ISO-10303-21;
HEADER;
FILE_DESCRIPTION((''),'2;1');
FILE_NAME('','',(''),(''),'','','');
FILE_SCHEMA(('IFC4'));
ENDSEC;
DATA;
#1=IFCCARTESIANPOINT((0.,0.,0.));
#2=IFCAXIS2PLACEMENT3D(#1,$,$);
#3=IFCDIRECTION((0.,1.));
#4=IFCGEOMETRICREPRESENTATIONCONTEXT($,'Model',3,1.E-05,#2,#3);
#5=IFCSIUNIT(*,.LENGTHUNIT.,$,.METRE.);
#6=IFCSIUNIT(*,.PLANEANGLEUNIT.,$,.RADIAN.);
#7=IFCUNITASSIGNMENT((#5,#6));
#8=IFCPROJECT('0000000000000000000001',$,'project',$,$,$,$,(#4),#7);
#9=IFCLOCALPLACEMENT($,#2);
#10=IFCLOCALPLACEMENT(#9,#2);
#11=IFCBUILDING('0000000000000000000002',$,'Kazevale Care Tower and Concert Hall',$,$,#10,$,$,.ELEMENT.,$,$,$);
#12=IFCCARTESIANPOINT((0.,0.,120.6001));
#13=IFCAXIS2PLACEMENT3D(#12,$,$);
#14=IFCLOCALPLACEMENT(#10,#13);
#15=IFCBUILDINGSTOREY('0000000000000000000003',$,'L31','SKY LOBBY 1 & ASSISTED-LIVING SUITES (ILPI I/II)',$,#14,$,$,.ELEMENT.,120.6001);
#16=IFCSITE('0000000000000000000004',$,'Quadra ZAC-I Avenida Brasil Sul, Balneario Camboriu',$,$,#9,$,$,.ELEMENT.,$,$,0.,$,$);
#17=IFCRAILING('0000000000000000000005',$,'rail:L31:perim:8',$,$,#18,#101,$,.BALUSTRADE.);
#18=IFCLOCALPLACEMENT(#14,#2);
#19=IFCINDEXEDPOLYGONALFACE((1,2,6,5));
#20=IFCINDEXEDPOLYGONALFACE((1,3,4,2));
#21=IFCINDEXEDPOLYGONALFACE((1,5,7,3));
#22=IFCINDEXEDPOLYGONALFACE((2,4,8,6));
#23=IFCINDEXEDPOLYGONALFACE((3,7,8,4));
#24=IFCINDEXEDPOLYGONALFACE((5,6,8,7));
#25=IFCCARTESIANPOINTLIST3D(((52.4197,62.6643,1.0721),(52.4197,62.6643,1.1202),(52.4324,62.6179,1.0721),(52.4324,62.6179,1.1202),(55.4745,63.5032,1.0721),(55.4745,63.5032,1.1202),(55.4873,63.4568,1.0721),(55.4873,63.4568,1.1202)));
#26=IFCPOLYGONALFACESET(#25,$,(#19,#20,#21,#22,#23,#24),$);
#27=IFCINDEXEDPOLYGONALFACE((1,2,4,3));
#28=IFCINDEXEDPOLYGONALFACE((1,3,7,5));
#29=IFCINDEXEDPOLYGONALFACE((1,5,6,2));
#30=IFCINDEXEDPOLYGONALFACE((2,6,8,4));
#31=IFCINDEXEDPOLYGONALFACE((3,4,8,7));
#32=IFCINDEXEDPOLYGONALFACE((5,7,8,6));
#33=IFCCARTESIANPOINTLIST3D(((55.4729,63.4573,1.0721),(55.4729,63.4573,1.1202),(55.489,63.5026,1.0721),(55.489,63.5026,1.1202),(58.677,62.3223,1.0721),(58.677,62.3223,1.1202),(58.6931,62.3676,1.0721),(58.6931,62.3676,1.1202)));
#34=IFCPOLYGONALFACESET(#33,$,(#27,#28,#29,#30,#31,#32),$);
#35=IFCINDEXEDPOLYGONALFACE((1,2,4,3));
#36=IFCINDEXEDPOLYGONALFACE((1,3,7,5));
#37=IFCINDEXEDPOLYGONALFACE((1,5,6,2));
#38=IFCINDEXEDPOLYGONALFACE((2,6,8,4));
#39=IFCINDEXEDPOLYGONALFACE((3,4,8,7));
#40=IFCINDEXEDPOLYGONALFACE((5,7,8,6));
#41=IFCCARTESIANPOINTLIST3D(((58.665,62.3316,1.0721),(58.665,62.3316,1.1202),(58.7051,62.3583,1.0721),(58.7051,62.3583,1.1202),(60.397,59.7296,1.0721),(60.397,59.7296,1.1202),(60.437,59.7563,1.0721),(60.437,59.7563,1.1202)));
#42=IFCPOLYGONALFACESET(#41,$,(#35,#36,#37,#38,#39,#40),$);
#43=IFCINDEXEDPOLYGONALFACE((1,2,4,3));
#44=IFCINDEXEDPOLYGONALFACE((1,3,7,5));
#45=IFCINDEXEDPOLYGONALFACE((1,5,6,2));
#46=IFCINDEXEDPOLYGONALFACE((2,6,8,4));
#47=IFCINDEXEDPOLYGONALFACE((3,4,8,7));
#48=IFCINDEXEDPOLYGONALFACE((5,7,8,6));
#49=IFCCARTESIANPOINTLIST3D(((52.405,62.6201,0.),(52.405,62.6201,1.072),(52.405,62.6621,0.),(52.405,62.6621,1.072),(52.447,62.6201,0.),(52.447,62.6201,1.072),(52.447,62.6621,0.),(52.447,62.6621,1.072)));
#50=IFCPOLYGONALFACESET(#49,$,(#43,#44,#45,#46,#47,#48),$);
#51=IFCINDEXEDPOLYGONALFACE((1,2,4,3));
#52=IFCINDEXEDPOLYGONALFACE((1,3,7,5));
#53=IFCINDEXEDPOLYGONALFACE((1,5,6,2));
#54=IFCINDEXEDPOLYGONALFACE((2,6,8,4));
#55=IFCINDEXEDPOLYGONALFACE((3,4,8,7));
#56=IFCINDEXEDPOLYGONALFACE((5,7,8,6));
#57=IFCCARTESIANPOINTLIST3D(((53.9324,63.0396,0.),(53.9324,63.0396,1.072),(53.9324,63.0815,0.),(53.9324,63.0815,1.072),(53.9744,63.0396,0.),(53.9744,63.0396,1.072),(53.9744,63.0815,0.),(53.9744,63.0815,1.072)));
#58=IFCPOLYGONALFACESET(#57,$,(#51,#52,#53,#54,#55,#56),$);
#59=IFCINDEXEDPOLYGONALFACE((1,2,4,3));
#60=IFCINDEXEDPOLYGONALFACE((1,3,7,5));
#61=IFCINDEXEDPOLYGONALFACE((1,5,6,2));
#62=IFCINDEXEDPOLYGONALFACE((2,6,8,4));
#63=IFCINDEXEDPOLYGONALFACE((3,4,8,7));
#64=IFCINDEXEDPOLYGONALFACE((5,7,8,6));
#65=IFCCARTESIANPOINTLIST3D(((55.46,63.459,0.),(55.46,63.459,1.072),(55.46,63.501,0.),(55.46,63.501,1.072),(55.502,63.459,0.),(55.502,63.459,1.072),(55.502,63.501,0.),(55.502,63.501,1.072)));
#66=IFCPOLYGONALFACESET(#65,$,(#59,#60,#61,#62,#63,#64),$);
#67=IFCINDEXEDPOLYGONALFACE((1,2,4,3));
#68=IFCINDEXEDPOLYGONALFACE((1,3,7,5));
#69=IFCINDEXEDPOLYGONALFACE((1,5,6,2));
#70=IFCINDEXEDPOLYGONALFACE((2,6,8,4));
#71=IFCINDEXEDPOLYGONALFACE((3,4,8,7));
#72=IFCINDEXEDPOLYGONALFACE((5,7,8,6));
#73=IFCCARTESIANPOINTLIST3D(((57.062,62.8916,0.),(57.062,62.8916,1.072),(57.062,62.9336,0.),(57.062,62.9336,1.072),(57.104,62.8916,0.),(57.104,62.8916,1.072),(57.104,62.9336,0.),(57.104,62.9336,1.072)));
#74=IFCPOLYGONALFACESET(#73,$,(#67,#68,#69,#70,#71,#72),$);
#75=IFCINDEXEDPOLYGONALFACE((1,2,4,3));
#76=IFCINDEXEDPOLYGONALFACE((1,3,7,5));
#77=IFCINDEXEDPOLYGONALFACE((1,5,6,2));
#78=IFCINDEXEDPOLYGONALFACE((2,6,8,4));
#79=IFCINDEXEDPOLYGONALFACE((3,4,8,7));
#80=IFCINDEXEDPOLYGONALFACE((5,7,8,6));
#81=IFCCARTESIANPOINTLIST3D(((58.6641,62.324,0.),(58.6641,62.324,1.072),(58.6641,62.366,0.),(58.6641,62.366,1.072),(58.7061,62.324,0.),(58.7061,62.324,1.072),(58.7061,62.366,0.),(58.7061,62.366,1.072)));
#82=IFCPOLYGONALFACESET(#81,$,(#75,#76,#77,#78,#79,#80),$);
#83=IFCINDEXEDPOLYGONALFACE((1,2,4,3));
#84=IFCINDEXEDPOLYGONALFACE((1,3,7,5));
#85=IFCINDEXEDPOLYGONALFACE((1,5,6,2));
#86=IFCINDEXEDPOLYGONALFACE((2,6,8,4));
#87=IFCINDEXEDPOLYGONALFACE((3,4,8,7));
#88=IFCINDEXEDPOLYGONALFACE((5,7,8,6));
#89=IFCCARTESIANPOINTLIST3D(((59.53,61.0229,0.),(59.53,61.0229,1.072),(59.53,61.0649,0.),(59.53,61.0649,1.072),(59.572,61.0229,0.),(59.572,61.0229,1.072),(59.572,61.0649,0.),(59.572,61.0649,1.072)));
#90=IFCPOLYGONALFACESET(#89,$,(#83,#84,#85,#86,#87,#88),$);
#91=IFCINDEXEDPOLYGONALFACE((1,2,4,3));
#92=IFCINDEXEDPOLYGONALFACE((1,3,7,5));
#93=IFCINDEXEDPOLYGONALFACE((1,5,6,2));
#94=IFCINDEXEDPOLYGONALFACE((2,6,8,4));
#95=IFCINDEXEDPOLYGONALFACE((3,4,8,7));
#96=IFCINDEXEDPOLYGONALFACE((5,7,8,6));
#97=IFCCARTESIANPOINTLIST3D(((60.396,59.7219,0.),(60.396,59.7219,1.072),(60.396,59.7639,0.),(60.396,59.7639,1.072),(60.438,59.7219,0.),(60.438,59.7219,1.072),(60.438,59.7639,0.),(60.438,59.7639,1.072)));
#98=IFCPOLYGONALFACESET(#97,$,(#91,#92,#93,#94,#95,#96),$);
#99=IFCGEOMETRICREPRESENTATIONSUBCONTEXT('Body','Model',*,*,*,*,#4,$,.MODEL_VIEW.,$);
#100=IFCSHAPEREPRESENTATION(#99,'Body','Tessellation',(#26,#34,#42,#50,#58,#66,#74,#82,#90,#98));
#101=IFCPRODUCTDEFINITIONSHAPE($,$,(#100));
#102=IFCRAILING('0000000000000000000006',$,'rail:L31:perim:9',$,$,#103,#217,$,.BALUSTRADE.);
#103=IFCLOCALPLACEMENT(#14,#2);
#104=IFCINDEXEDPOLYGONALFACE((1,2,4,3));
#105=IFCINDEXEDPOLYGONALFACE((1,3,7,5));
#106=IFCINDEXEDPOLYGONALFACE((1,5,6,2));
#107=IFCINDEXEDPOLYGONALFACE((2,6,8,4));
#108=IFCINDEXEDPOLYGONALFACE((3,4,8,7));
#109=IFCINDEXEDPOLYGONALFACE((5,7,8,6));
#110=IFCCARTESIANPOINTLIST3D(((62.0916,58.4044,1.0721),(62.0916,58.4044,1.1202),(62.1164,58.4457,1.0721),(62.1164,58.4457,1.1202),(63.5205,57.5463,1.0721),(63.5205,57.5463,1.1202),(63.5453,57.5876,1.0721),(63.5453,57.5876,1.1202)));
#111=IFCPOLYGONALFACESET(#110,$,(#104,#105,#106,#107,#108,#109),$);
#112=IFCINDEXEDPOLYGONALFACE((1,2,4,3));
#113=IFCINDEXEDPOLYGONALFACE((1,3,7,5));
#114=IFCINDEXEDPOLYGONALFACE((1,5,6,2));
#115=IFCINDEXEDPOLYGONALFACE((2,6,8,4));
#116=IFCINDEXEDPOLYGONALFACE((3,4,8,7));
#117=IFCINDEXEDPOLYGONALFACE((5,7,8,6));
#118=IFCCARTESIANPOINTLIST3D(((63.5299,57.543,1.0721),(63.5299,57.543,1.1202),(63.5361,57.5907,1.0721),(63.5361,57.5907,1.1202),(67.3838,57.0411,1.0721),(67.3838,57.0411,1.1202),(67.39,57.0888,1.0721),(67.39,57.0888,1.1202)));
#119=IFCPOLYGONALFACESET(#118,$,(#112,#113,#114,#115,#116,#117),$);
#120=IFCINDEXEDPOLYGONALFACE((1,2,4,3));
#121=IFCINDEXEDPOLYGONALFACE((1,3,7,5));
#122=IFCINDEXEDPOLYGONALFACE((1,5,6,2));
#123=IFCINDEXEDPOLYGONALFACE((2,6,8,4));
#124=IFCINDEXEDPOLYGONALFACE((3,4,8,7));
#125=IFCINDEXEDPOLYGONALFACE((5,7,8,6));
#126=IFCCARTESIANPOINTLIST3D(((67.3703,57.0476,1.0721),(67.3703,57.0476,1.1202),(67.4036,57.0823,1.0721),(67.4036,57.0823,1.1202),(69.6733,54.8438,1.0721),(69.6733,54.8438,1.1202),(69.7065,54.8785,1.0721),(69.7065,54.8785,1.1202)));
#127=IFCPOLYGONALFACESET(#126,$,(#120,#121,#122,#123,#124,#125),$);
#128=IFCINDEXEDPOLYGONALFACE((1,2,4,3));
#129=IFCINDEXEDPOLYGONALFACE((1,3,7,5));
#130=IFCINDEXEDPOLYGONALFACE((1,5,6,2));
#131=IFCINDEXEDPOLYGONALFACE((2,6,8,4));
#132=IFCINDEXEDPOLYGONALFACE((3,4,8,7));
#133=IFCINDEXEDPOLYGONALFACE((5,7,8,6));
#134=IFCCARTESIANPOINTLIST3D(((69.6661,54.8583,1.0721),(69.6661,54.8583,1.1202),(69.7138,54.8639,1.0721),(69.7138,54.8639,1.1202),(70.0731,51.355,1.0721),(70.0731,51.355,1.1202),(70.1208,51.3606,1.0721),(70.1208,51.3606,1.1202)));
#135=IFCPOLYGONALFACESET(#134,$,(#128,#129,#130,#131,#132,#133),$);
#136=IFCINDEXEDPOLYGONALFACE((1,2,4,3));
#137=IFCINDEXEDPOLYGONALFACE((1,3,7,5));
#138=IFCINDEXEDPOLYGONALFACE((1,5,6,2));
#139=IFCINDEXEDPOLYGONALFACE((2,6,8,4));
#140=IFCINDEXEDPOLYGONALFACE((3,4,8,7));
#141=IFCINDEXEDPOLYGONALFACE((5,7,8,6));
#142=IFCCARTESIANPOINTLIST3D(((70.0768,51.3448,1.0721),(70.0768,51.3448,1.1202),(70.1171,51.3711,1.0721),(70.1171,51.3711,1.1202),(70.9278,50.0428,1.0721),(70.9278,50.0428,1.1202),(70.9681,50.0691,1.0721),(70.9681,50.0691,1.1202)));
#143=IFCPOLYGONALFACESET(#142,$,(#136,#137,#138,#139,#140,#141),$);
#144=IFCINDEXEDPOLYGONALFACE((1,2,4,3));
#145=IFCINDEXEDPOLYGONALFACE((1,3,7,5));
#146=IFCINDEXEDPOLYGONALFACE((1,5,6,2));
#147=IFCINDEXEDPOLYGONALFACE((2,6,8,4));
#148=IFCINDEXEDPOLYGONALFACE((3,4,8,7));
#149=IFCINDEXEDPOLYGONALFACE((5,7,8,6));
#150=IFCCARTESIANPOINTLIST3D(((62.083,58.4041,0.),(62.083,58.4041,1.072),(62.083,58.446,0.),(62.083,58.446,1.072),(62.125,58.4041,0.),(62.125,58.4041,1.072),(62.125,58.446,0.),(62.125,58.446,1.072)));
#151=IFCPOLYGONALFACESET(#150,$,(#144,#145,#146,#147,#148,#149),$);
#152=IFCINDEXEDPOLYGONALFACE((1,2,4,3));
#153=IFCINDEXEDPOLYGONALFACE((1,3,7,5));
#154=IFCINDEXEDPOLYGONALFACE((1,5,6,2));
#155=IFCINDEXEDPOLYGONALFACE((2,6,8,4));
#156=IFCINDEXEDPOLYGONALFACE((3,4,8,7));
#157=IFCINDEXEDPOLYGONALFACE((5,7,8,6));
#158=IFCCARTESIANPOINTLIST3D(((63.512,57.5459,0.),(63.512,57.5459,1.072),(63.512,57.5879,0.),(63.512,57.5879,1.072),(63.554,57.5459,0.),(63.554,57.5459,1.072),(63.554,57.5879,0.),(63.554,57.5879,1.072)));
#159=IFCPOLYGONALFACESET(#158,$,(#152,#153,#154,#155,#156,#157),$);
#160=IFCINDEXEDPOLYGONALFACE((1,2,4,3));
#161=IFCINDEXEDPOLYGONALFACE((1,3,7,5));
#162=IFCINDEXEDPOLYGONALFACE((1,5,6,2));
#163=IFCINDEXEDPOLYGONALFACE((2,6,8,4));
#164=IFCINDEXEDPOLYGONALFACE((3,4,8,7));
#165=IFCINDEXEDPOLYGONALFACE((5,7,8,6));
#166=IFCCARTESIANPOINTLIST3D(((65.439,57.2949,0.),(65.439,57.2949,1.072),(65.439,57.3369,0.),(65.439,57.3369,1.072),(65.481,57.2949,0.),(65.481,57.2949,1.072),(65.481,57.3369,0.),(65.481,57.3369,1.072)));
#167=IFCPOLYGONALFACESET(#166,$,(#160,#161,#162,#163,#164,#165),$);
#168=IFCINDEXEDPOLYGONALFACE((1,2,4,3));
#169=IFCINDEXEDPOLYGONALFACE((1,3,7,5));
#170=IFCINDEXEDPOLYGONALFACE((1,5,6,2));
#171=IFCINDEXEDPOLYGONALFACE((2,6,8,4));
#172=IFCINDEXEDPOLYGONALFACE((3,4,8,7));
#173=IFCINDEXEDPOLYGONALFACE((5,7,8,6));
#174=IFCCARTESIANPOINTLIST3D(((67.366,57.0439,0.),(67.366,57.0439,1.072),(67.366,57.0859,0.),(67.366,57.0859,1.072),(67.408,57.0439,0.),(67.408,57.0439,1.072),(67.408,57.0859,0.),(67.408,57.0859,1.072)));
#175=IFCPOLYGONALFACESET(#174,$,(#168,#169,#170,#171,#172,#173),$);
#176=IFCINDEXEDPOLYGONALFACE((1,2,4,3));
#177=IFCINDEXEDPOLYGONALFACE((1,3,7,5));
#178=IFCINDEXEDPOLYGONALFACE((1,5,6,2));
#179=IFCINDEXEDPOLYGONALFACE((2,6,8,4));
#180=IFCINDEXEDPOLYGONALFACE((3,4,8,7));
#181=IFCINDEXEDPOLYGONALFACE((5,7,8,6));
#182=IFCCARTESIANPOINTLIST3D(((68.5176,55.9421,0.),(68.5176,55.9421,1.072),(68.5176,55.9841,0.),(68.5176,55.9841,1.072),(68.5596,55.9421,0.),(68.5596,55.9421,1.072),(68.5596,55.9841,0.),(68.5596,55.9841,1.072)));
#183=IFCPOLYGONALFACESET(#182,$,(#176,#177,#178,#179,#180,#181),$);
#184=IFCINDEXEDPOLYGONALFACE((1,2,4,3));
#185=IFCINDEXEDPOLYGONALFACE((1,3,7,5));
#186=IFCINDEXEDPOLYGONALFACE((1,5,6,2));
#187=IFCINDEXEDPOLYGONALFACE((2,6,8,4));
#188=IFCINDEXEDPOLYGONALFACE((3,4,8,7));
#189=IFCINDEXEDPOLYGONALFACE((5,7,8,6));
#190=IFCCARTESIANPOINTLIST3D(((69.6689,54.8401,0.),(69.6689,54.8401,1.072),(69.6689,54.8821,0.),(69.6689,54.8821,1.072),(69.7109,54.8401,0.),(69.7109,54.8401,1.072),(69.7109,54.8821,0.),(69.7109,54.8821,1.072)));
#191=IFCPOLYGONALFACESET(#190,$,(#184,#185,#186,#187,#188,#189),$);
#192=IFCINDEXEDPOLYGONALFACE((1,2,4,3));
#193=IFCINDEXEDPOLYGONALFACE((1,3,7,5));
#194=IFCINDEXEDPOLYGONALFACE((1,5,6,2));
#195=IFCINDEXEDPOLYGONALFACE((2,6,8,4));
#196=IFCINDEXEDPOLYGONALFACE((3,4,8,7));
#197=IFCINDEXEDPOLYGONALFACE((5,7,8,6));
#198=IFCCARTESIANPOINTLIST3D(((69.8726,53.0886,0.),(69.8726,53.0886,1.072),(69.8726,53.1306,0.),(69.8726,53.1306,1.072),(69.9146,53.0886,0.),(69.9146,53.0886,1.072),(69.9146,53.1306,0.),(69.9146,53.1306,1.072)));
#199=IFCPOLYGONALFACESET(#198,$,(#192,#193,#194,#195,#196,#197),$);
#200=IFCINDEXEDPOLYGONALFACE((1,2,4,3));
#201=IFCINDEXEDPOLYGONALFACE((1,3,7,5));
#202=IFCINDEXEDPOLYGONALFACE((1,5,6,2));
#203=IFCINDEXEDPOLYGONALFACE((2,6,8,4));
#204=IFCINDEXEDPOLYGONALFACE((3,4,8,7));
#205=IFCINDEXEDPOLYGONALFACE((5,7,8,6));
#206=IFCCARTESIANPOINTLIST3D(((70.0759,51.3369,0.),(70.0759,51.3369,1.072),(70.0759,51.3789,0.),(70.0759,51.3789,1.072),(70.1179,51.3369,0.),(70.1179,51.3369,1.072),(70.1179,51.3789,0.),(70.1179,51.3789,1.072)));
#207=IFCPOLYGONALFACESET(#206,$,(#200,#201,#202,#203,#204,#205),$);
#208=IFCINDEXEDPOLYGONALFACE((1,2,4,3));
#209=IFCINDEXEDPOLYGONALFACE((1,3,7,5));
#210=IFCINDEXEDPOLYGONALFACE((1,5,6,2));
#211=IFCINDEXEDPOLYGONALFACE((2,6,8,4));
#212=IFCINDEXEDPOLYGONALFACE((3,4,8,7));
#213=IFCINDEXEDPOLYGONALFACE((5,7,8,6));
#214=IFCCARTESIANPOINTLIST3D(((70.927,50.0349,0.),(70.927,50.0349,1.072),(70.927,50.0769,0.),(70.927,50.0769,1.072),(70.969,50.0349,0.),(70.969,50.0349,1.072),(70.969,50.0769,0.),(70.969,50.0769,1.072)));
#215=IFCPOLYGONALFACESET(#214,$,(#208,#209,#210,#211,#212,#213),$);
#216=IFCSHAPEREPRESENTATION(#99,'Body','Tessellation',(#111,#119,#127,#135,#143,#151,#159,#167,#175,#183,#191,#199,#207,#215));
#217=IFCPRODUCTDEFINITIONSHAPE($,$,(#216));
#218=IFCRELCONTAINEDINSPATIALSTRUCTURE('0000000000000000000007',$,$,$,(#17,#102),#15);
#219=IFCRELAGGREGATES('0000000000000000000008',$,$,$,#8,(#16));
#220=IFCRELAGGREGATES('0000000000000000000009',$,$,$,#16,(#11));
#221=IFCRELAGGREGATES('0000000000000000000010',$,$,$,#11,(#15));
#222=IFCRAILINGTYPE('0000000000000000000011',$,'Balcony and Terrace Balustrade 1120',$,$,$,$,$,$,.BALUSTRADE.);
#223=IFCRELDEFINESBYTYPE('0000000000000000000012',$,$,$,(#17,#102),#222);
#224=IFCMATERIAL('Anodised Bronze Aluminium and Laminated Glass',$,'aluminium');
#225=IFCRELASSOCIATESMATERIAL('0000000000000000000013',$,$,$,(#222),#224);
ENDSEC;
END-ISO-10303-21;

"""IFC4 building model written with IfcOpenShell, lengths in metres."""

from ifc_helpers import new_model, si_unit, direction, frame, origin, origin_2d, place, context, subcontext, project, spatial, rectangle, extrude, material, type_object, element, save


model = new_model("IFC4")

# Units and contexts
model_context = context("Model", 3, precision=1e-05, world=origin(), true_north=direction((0.0, 1.0)))
body_context = subcontext(model_context, "Body", "Model", "MODEL_VIEW")
ifc_project = project(units=[si_unit("LENGTHUNIT", "METRE"), si_unit("PLANEANGLEUNIT", "RADIAN")], contexts=[model_context])

# Site, building, storey
site_placement = place(None, origin())
site = spatial("IfcSite", under=ifc_project, at=site_placement, Name="Quadra ZAC-I Avenida Brasil Sul, Balneario Camboriu", CompositionType="ELEMENT", RefElevation=0.0)
building_placement = place(site_placement, origin())
building = spatial("IfcBuilding", under=site, at=building_placement, Name="Kazevale Care Tower and Concert Hall", CompositionType="ELEMENT")
storey_placement = place(building_placement, frame((0.0, 0.0, 120.6001)))
storey = spatial("IfcBuildingStorey", under=building, at=storey_placement, Name="L31", Description="SKY LOBBY 1 & ASSISTED-LIVING SUITES (ILPI I/II)", CompositionType="ELEMENT", Elevation=120.6001)

# Railings
ifc_material_1 = material(Name="Anodised Bronze Aluminium and Laminated Glass", Category="aluminium")
railing_type = type_object("IfcRailingType", Name="Balcony and Terrace Balustrade 1120", PredefinedType="BALUSTRADE", material=ifc_material_1)
railing_1_placement = place(storey_placement, frame((52.426, 62.6411, 0.0)))
element("IfcRailing", 1, at=railing_1_placement, inside=storey, type_object=railing_type, Name="rail:L31:perim:8", PredefinedType="BALUSTRADE", context=body_context, shape_type="SweptSolid", body=[
    extrude(rectangle(XDim=0.0481, YDim=0.0481, at=origin_2d()), frame((0.0, 0.0, 1.0962), z_axis=(0.964305, 0.264793, 0.0), x_axis=(-0.264793, 0.964305, 0.0)), (0.0, 0.0, 1.0), 3.168),
    extrude(rectangle(XDim=0.0481, YDim=0.0481, at=origin_2d()), frame((3.0549, 0.8389, 1.0962), z_axis=(0.942607, -0.333906, 0.0), x_axis=(0.333906, 0.942607, 0.0)), (0.0, 0.0, 1.0), 3.3992),
    extrude(rectangle(XDim=0.0481, YDim=0.0481, at=origin_2d()), frame((6.259, -0.2961, 1.0962), z_axis=(0.554087, -0.832459, 0.0), x_axis=(0.832459, 0.554087, 0.0)), (0.0, 0.0, 1.0), 3.1257),
    extrude(rectangle(XDim=0.042, YDim=0.042, at=origin_2d()), origin(), (0.0, 0.0, 1.0), 1.072),
    extrude(rectangle(XDim=0.042, YDim=0.042, at=origin_2d()), frame((1.5273, 0.4194, 0.0)), (0.0, 0.0, 1.0), 1.072),
    extrude(rectangle(XDim=0.042, YDim=0.042, at=origin_2d()), frame((3.0549, 0.8389, 0.0)), (0.0, 0.0, 1.0), 1.072),
    extrude(rectangle(XDim=0.042, YDim=0.042, at=origin_2d()), frame((4.657, 0.2715, 0.0)), (0.0, 0.0, 1.0), 1.072),
    extrude(rectangle(XDim=0.042, YDim=0.042, at=origin_2d()), frame((6.259, -0.2961, 0.0)), (0.0, 0.0, 1.0), 1.072),
    extrude(rectangle(XDim=0.042, YDim=0.042, at=origin_2d()), frame((7.125, -1.5972, 0.0)), (0.0, 0.0, 1.0), 1.072),
    extrude(rectangle(XDim=0.042, YDim=0.042, at=origin_2d()), frame((7.991, -2.8982, 0.0)), (0.0, 0.0, 1.0), 1.072),
])
railing_2_placement = place(storey_placement, frame((62.104, 58.425, 0.0)))
element("IfcRailing", 2, at=railing_2_placement, inside=storey, type_object=railing_type, Name="rail:L31:perim:9", PredefinedType="BALUSTRADE", context=body_context, shape_type="SweptSolid", body=[
    extrude(rectangle(XDim=0.0481, YDim=0.0481, at=origin_2d()), frame((0.0, 0.0, 1.0962), z_axis=(0.857286, -0.51484, 0.0), x_axis=(0.51484, 0.857286, 0.0)), (0.0, 0.0, 1.0), 1.6667),
    extrude(rectangle(XDim=0.0481, YDim=0.0481, at=origin_2d()), frame((1.429, -0.8582, 1.0962), z_axis=(0.991625, -0.129151, 0.0), x_axis=(0.129151, 0.991625, 0.0)), (0.0, 0.0, 1.0), 3.8865),
    extrude(rectangle(XDim=0.0481, YDim=0.0481, at=origin_2d()), frame((5.283, -1.3601, 1.0962), z_axis=(0.722484, -0.691388, 0.0), x_axis=(0.691388, 0.722484, 0.0)), (0.0, 0.0, 1.0), 3.1875),
    extrude(rectangle(XDim=0.0481, YDim=0.0481, at=origin_2d()), frame((7.5859, -3.564, 1.0962), z_axis=(0.115399, -0.993319, 0.0), x_axis=(0.993319, 0.115399, 0.0)), (0.0, 0.0, 1.0), 3.5269),
    extrude(rectangle(XDim=0.0481, YDim=0.0481, at=origin_2d()), frame((7.9929, -7.0671, 1.0962), z_axis=(0.547144, -0.837039, 0.0), x_axis=(0.837039, 0.547144, 0.0)), (0.0, 0.0, 1.0), 1.5554),
    extrude(rectangle(XDim=0.042, YDim=0.042, at=origin_2d()), origin(), (0.0, 0.0, 1.0), 1.072),
    extrude(rectangle(XDim=0.042, YDim=0.042, at=origin_2d()), frame((1.429, -0.8582, 0.0)), (0.0, 0.0, 1.0), 1.072),
    extrude(rectangle(XDim=0.042, YDim=0.042, at=origin_2d()), frame((3.356, -1.1091, 0.0)), (0.0, 0.0, 1.0), 1.072),
    extrude(rectangle(XDim=0.042, YDim=0.042, at=origin_2d()), frame((5.283, -1.3601, 0.0)), (0.0, 0.0, 1.0), 1.072),
    extrude(rectangle(XDim=0.042, YDim=0.042, at=origin_2d()), frame((6.4346, -2.4619, 0.0)), (0.0, 0.0, 1.0), 1.072),
    extrude(rectangle(XDim=0.042, YDim=0.042, at=origin_2d()), frame((7.5859, -3.564, 0.0)), (0.0, 0.0, 1.0), 1.072),
    extrude(rectangle(XDim=0.042, YDim=0.042, at=origin_2d()), frame((7.7896, -5.3154, 0.0)), (0.0, 0.0, 1.0), 1.072),
    extrude(rectangle(XDim=0.042, YDim=0.042, at=origin_2d()), frame((7.9929, -7.0671, 0.0)), (0.0, 0.0, 1.0), 1.072),
    extrude(rectangle(XDim=0.042, YDim=0.042, at=origin_2d()), frame((8.844, -8.3691, 0.0)), (0.0, 0.0, 1.0), 1.072),
])

save(model, "model.ifc")
